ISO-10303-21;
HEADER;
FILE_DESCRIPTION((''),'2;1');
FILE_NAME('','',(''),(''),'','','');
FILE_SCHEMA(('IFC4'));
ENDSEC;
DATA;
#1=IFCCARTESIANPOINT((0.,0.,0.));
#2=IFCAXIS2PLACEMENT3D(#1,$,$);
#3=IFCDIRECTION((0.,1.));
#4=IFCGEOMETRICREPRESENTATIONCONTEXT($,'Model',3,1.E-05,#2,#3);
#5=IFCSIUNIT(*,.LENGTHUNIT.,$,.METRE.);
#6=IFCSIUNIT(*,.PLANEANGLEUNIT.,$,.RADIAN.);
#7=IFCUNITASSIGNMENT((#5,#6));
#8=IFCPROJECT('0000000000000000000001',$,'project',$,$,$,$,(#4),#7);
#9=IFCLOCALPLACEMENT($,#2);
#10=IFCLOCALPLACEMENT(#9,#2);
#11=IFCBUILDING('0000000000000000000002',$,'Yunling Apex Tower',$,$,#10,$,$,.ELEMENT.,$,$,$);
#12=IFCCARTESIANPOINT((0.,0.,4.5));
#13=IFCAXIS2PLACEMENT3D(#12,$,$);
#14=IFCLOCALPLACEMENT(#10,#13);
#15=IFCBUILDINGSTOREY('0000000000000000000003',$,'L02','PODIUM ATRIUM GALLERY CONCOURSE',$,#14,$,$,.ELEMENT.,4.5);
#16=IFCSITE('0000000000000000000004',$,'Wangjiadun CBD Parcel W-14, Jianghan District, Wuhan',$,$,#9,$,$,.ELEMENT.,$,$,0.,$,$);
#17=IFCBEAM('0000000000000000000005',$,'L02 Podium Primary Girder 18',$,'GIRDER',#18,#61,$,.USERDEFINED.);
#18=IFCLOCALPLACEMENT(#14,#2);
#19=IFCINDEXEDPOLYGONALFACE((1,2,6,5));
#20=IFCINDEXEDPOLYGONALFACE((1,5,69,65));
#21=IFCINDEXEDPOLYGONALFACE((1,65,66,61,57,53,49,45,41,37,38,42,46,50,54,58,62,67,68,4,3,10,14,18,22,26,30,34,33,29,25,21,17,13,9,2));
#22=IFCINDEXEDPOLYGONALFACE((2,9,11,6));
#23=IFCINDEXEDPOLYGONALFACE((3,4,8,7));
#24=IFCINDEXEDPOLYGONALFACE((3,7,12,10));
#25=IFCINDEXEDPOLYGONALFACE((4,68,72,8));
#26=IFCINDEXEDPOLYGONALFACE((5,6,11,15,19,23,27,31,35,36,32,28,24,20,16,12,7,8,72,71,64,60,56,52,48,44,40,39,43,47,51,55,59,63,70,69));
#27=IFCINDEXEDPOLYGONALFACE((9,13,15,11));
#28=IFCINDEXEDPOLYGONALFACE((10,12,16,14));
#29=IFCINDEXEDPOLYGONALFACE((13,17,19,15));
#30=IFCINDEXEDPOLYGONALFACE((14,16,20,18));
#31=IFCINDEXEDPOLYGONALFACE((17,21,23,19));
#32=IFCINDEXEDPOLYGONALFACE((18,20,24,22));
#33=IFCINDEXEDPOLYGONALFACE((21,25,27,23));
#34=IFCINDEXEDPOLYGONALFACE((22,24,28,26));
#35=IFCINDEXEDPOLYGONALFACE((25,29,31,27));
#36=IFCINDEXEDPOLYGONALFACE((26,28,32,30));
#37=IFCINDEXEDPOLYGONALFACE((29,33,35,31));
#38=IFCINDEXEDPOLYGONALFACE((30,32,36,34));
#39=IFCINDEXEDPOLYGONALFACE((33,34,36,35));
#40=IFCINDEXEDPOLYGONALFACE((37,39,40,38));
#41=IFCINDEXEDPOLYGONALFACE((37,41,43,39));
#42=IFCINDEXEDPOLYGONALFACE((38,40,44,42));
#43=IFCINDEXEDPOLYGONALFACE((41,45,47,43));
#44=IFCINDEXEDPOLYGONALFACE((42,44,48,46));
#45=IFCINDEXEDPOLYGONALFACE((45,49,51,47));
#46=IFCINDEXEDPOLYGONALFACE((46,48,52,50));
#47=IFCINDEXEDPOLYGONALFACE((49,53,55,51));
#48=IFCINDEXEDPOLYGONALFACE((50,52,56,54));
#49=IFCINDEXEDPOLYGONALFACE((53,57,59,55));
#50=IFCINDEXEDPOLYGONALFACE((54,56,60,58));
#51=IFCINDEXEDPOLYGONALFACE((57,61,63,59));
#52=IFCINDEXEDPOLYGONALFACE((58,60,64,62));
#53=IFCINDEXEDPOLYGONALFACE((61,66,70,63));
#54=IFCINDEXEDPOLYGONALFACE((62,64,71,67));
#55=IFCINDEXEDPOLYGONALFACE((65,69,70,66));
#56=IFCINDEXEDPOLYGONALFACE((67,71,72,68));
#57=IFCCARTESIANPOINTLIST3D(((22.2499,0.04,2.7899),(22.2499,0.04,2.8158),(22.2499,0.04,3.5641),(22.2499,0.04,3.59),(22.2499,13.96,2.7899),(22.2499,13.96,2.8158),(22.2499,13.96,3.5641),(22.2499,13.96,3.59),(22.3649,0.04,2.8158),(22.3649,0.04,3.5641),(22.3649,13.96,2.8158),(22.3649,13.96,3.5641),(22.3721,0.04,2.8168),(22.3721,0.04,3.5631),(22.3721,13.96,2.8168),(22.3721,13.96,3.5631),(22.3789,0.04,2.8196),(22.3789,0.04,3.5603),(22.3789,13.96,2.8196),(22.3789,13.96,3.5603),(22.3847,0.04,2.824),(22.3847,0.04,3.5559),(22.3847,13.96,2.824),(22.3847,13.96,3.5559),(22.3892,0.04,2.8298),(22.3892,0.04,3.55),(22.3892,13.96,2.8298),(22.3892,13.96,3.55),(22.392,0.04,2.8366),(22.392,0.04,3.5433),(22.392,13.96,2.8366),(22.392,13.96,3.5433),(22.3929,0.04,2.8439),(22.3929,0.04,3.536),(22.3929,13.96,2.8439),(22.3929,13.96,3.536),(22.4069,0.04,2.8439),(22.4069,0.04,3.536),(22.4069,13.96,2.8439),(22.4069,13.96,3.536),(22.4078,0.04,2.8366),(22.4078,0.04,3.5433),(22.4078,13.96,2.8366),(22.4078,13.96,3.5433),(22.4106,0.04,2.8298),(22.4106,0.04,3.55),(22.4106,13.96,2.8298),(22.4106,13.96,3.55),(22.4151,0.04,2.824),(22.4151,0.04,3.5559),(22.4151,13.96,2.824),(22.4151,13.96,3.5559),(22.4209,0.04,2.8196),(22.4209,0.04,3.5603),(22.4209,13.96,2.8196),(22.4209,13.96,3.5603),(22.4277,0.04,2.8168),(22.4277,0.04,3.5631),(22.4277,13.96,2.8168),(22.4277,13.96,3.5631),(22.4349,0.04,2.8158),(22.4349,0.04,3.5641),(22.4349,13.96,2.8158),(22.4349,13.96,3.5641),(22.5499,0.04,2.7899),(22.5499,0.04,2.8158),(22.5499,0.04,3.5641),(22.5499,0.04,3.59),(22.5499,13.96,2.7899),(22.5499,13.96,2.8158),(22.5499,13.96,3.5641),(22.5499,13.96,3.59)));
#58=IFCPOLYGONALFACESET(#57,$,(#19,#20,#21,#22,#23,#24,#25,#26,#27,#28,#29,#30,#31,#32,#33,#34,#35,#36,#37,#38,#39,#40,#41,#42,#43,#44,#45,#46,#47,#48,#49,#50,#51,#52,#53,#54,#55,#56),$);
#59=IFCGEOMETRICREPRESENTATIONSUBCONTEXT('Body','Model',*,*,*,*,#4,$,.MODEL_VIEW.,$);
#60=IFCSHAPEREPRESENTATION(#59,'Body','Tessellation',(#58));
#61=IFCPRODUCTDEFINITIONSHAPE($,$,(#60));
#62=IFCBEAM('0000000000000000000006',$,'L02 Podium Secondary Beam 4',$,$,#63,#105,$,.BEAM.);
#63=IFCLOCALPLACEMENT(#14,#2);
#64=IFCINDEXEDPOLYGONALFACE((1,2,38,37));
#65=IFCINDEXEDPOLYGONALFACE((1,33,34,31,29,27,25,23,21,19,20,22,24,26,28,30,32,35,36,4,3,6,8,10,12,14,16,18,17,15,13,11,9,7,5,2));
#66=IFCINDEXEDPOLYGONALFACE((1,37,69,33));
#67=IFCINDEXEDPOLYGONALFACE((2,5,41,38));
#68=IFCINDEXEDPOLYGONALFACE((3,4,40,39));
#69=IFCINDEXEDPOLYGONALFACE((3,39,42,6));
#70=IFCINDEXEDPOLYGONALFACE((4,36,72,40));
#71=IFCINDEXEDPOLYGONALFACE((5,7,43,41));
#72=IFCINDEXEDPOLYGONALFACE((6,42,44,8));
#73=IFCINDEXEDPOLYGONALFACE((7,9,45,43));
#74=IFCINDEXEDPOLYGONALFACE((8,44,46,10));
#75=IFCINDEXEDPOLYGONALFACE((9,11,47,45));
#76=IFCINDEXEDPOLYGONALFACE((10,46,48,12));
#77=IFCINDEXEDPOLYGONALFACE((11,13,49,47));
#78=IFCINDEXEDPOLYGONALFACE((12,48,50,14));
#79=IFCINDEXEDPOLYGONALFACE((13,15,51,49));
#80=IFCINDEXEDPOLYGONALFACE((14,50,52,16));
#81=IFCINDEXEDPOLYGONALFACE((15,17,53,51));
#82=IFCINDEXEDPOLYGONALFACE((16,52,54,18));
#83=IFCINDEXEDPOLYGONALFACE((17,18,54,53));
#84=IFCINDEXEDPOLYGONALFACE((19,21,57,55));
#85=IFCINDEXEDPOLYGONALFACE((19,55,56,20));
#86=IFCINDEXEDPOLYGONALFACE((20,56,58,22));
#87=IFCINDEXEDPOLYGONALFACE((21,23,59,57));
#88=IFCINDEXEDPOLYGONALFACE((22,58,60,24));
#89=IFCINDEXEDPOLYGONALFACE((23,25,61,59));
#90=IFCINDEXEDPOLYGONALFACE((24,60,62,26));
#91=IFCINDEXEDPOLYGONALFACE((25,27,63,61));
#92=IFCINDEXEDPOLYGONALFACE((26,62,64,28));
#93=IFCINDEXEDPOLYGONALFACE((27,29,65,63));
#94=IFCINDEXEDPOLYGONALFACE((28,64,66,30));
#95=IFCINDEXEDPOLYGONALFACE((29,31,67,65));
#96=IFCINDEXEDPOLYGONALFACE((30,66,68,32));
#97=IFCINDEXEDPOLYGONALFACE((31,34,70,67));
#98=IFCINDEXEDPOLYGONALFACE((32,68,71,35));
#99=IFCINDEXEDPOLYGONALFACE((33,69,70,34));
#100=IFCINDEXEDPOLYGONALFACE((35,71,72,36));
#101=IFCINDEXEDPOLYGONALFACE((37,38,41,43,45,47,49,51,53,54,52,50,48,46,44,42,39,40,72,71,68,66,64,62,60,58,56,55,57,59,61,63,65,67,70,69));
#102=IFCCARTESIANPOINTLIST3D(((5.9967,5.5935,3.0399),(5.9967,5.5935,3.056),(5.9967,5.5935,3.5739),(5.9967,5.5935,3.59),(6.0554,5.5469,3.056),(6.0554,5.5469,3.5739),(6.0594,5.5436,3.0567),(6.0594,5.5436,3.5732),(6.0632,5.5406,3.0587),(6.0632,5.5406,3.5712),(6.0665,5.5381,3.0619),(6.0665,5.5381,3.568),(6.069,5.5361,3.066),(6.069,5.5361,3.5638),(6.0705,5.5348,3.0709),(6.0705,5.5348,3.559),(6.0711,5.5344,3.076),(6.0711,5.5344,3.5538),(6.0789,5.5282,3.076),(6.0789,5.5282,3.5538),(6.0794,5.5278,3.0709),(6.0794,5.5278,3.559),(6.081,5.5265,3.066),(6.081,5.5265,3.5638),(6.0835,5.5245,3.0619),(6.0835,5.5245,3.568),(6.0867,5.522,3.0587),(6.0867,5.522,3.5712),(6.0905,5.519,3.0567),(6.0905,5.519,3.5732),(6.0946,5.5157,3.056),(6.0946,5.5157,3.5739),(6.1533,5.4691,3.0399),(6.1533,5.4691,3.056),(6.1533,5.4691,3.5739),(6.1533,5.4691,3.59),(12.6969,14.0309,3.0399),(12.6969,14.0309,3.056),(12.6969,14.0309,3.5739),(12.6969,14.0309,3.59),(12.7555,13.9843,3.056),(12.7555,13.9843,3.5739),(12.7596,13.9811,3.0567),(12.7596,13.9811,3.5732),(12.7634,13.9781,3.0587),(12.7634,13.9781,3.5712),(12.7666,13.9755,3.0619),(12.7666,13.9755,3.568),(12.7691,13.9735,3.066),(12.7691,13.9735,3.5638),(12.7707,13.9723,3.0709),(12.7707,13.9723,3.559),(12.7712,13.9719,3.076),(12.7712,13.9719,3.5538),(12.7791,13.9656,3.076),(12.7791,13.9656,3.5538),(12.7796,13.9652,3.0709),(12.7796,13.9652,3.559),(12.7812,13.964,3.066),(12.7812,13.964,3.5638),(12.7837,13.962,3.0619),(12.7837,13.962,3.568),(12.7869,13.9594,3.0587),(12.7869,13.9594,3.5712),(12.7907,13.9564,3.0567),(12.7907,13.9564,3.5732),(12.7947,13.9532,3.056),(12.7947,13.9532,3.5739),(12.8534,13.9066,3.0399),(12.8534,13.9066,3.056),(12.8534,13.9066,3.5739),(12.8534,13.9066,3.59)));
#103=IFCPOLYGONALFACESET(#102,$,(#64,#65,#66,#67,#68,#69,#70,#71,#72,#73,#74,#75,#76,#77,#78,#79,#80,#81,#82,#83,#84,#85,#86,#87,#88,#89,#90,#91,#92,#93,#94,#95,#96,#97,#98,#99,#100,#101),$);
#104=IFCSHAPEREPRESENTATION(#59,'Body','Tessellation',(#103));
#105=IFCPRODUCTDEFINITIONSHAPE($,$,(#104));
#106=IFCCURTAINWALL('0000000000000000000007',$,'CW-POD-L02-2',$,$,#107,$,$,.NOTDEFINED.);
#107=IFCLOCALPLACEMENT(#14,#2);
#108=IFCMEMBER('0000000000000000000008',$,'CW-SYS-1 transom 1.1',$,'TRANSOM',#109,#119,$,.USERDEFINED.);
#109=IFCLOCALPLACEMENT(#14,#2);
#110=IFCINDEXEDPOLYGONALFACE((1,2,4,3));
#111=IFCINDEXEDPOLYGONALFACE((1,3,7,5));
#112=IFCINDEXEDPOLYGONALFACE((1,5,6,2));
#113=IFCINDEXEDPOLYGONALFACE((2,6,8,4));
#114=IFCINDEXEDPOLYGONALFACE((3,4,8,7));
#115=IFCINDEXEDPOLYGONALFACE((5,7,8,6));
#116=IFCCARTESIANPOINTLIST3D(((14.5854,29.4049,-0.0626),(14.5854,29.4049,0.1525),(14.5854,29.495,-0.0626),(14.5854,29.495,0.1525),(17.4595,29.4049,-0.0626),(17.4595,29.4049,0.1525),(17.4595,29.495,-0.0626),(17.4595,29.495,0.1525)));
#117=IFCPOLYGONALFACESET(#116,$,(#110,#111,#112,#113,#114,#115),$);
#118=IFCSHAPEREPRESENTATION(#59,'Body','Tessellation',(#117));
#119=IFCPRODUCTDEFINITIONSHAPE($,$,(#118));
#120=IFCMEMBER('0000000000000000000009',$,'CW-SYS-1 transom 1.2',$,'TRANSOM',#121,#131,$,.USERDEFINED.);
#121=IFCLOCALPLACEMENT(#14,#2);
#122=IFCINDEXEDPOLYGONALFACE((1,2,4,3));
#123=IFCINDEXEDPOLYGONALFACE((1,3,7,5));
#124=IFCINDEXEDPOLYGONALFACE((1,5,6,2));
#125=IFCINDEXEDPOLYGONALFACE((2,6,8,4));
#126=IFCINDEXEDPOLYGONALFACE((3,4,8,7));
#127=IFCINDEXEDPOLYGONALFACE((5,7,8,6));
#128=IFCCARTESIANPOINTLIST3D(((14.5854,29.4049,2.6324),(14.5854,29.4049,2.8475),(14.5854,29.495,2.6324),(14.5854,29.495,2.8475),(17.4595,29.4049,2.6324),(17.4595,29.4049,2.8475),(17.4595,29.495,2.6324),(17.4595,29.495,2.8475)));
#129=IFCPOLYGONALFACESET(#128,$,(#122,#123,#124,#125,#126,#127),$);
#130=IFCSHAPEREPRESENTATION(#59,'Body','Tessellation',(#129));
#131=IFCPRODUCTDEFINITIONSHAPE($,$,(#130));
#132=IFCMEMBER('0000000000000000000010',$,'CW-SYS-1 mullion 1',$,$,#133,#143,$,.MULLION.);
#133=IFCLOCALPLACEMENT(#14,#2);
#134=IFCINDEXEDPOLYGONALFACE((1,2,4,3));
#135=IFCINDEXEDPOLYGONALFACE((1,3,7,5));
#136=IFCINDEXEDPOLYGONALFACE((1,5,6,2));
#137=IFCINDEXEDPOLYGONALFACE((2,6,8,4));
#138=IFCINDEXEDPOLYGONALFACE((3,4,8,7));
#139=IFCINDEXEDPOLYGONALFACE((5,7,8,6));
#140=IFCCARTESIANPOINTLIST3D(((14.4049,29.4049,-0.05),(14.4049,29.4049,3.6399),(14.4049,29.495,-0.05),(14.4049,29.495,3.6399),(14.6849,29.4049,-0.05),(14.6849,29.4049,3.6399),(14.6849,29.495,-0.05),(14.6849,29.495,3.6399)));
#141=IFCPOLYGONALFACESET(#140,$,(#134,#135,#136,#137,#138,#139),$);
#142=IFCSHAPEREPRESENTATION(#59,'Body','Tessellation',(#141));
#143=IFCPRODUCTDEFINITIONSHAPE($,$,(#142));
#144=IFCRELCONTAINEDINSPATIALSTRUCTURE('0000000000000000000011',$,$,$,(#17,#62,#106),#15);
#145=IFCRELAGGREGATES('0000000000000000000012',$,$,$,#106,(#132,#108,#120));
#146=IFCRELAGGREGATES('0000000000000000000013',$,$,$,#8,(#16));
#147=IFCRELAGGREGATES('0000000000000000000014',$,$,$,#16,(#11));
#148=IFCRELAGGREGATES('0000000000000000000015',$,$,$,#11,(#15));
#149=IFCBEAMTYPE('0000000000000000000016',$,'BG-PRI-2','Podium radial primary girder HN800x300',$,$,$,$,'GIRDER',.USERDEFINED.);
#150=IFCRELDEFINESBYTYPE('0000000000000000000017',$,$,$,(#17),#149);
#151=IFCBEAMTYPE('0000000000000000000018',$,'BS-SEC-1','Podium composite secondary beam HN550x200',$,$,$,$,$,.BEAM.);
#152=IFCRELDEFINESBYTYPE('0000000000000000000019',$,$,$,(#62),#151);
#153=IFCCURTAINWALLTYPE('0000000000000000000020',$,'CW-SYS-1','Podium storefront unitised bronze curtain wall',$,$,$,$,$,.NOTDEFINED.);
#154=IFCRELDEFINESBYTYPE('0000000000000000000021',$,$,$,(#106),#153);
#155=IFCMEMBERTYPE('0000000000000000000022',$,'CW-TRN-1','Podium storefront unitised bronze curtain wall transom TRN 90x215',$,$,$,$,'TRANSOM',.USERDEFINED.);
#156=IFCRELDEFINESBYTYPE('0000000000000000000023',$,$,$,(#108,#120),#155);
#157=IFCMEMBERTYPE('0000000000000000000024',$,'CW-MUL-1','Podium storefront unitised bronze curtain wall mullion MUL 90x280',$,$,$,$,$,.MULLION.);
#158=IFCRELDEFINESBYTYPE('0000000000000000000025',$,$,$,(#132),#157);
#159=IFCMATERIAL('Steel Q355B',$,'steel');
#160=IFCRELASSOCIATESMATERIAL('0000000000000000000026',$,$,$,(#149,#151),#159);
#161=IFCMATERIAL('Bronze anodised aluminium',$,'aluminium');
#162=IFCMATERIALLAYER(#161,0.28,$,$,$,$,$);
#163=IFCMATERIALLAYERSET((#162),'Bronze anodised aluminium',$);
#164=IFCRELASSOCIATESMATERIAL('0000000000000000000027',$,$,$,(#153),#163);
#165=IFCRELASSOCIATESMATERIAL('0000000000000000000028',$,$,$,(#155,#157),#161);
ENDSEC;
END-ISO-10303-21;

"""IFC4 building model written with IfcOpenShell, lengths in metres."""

from ifc_helpers import new_model, si_unit, direction, frame, origin, origin_2d, place, context, subcontext, project, spatial, rectangle, i_section, extrude, source, transform, mapped, material, layer, layer_set, material_profile, profile_set, type_object, element, aggregate, save


model = new_model("IFC4")

# Units and contexts
model_context = context("Model", 3, precision=1e-05, world=origin(), true_north=direction((0.0, 1.0)))
body_context = subcontext(model_context, "Body", "Model", "MODEL_VIEW")
ifc_project = project(units=[si_unit("LENGTHUNIT", "METRE"), si_unit("PLANEANGLEUNIT", "RADIAN")], contexts=[model_context])

# Site, building, storey
site_placement = place(None, origin())
site = spatial("IfcSite", under=ifc_project, at=site_placement, Name="Wangjiadun CBD Parcel W-14, Jianghan District, Wuhan", CompositionType="ELEMENT", RefElevation=0.0)
building_placement = place(site_placement, origin())
building = spatial("IfcBuilding", under=site, at=building_placement, Name="Yunling Apex Tower", CompositionType="ELEMENT")
storey_placement = place(building_placement, frame((0.0, 0.0, 4.5)))
storey = spatial("IfcBuildingStorey", under=building, at=storey_placement, Name="L02", Description="PODIUM ATRIUM GALLERY CONCOURSE", CompositionType="ELEMENT", Elevation=4.5)

# Beams
ifc_material_1 = material(Name="Steel Q355B", Category="steel")
ifc_material_profile_1 = material_profile(ifc_material_1, i_section(OverallWidth=0.3, OverallDepth=0.8, WebThickness=0.0139, FlangeThickness=0.0259, FilletRadius=0.0281, at=origin_2d()))
ifc_profile_set_1 = profile_set([ifc_material_profile_1], Name="Steel Q355B")
beam_type_1 = type_object("IfcBeamType", Name="BG-PRI-2", Description="Podium radial primary girder HN800x300", ElementType="GIRDER", PredefinedType="USERDEFINED", material=ifc_profile_set_1)
shared_shape_1 = source(origin(), body_context, "Body", "SweptSolid", [
    extrude(i_section(OverallWidth=0.3, OverallDepth=0.8, WebThickness=0.0139, FlangeThickness=0.0259, FilletRadius=0.0281, at=origin_2d()), origin(), (0.0, 0.0, 1.0), 13.9199),
])
beam_1_placement = place(storey_placement, frame((22.3999, 13.96, 3.1899), z_axis=(0.0, -1.0, 0.0), x_axis=(1.0, 0.0, 0.0)))
element("IfcBeam", 1, at=beam_1_placement, inside=storey, type_object=beam_type_1, Name="L02 Podium Primary Girder 18", ObjectType="GIRDER", PredefinedType="USERDEFINED", context=body_context, shape_type="MappedRepresentation", body=[
    mapped(shared_shape_1, transform((0.0, 0.0, 0.0), scale=1.0)),
])
ifc_material_profile_2 = material_profile(ifc_material_1, i_section(OverallWidth=0.2, OverallDepth=0.55, WebThickness=0.01, FlangeThickness=0.0161, FilletRadius=0.02, at=origin_2d()))
ifc_profile_set_2 = profile_set([ifc_material_profile_2], Name="Steel Q355B")
beam_type_2 = type_object("IfcBeamType", Name="BS-SEC-1", Description="Podium composite secondary beam HN550x200", PredefinedType="BEAM", material=ifc_profile_set_2)
shared_shape_2 = source(origin(), body_context, "Body", "SweptSolid", [
    extrude(i_section(OverallWidth=0.2, OverallDepth=0.55, WebThickness=0.01, FlangeThickness=0.0161, FilletRadius=0.02, at=origin_2d()), origin(), (0.0, 0.0, 1.0), 10.7742),
])
beam_2_placement = place(storey_placement, frame((12.7751, 13.9688, 3.3149), z_axis=(-0.621872, -0.783119, 0.0), x_axis=(0.783119, -0.621872, 0.0)))
element("IfcBeam", 2, at=beam_2_placement, inside=storey, type_object=beam_type_2, Name="L02 Podium Secondary Beam 4", PredefinedType="BEAM", context=body_context, shape_type="MappedRepresentation", body=[
    mapped(shared_shape_2, transform((0.0, 0.0, 0.0), scale=1.0)),
])

# Curtain wall, members
ifc_material_2 = material(Name="Bronze anodised aluminium", Category="aluminium")
ifc_layer_1 = layer(ifc_material_2, 0.28)
ifc_layer_set_1 = layer_set([ifc_layer_1], Name="Bronze anodised aluminium")
curtain_wall_type = type_object("IfcCurtainWallType", Name="CW-SYS-1", Description="Podium storefront unitised bronze curtain wall", PredefinedType="NOTDEFINED", material=ifc_layer_set_1)
curtain_wall_placement = place(storey_placement, origin())
curtain_wall = element("IfcCurtainWall", 3, at=curtain_wall_placement, inside=storey, type_object=curtain_wall_type, Name="CW-POD-L02-2", PredefinedType="NOTDEFINED")
ifc_material_profile_3 = material_profile(ifc_material_2, rectangle(XDim=0.0901, YDim=0.2151, at=origin_2d()))
ifc_profile_set_3 = profile_set([ifc_material_profile_3], Name="Bronze anodised aluminium")
member_type_1 = type_object("IfcMemberType", Name="CW-TRN-1", Description="Podium storefront unitised bronze curtain wall transom TRN 90x215", ElementType="TRANSOM", PredefinedType="USERDEFINED", material=ifc_profile_set_3)
shared_shape_3 = source(origin(), body_context, "Body", "SweptSolid", [
    extrude(rectangle(XDim=0.0901, YDim=0.2151, at=origin_2d()), origin(), (0.0, 0.0, 1.0), 2.874),
])
member_1_placement = place(storey_placement, frame((14.5854, 29.45, 0.0449), z_axis=(1.0, 0.0, 0.0), x_axis=(0.0, 1.0, 0.0)))
member_1 = element("IfcMember", 4, at=member_1_placement, type_object=member_type_1, Name="CW-SYS-1 transom 1.1", ObjectType="TRANSOM", PredefinedType="USERDEFINED", context=body_context, shape_type="MappedRepresentation", body=[
    mapped(shared_shape_3, transform((0.0, 0.0, 0.0), scale=1.0)),
])
member_2_placement = place(storey_placement, frame((14.5854, 29.45, 2.74), z_axis=(1.0, 0.0, 0.0), x_axis=(0.0, 1.0, 0.0)))
member_2 = element("IfcMember", 5, at=member_2_placement, type_object=member_type_1, Name="CW-SYS-1 transom 1.2", ObjectType="TRANSOM", PredefinedType="USERDEFINED", context=body_context, shape_type="MappedRepresentation", body=[
    mapped(shared_shape_3, transform((0.0, 0.0, 0.0), scale=1.0)),
])
ifc_material_profile_4 = material_profile(ifc_material_2, rectangle(XDim=0.0901, YDim=0.28, at=origin_2d()))
ifc_profile_set_4 = profile_set([ifc_material_profile_4], Name="Bronze anodised aluminium")
member_type_2 = type_object("IfcMemberType", Name="CW-MUL-1", Description="Podium storefront unitised bronze curtain wall mullion MUL 90x280", PredefinedType="MULLION", material=ifc_profile_set_4)
shared_shape_4 = source(origin(), body_context, "Body", "SweptSolid", [
    extrude(rectangle(XDim=0.0901, YDim=0.28, at=origin_2d()), origin(), (0.0, 0.0, 1.0), 3.6899),
])
member_3_placement = place(storey_placement, frame((14.5449, 29.45, -0.05), z_axis=(0.0, 0.0, 1.0), x_axis=(0.0, 1.0, 0.0)))
member_3 = element("IfcMember", 6, at=member_3_placement, type_object=member_type_2, Name="CW-SYS-1 mullion 1", PredefinedType="MULLION", context=body_context, shape_type="MappedRepresentation", body=[
    mapped(shared_shape_4, transform((0.0, 0.0, 0.0), scale=1.0)),
])
aggregate(curtain_wall, [member_3, member_1, member_2])

save(model, "model.ifc")
